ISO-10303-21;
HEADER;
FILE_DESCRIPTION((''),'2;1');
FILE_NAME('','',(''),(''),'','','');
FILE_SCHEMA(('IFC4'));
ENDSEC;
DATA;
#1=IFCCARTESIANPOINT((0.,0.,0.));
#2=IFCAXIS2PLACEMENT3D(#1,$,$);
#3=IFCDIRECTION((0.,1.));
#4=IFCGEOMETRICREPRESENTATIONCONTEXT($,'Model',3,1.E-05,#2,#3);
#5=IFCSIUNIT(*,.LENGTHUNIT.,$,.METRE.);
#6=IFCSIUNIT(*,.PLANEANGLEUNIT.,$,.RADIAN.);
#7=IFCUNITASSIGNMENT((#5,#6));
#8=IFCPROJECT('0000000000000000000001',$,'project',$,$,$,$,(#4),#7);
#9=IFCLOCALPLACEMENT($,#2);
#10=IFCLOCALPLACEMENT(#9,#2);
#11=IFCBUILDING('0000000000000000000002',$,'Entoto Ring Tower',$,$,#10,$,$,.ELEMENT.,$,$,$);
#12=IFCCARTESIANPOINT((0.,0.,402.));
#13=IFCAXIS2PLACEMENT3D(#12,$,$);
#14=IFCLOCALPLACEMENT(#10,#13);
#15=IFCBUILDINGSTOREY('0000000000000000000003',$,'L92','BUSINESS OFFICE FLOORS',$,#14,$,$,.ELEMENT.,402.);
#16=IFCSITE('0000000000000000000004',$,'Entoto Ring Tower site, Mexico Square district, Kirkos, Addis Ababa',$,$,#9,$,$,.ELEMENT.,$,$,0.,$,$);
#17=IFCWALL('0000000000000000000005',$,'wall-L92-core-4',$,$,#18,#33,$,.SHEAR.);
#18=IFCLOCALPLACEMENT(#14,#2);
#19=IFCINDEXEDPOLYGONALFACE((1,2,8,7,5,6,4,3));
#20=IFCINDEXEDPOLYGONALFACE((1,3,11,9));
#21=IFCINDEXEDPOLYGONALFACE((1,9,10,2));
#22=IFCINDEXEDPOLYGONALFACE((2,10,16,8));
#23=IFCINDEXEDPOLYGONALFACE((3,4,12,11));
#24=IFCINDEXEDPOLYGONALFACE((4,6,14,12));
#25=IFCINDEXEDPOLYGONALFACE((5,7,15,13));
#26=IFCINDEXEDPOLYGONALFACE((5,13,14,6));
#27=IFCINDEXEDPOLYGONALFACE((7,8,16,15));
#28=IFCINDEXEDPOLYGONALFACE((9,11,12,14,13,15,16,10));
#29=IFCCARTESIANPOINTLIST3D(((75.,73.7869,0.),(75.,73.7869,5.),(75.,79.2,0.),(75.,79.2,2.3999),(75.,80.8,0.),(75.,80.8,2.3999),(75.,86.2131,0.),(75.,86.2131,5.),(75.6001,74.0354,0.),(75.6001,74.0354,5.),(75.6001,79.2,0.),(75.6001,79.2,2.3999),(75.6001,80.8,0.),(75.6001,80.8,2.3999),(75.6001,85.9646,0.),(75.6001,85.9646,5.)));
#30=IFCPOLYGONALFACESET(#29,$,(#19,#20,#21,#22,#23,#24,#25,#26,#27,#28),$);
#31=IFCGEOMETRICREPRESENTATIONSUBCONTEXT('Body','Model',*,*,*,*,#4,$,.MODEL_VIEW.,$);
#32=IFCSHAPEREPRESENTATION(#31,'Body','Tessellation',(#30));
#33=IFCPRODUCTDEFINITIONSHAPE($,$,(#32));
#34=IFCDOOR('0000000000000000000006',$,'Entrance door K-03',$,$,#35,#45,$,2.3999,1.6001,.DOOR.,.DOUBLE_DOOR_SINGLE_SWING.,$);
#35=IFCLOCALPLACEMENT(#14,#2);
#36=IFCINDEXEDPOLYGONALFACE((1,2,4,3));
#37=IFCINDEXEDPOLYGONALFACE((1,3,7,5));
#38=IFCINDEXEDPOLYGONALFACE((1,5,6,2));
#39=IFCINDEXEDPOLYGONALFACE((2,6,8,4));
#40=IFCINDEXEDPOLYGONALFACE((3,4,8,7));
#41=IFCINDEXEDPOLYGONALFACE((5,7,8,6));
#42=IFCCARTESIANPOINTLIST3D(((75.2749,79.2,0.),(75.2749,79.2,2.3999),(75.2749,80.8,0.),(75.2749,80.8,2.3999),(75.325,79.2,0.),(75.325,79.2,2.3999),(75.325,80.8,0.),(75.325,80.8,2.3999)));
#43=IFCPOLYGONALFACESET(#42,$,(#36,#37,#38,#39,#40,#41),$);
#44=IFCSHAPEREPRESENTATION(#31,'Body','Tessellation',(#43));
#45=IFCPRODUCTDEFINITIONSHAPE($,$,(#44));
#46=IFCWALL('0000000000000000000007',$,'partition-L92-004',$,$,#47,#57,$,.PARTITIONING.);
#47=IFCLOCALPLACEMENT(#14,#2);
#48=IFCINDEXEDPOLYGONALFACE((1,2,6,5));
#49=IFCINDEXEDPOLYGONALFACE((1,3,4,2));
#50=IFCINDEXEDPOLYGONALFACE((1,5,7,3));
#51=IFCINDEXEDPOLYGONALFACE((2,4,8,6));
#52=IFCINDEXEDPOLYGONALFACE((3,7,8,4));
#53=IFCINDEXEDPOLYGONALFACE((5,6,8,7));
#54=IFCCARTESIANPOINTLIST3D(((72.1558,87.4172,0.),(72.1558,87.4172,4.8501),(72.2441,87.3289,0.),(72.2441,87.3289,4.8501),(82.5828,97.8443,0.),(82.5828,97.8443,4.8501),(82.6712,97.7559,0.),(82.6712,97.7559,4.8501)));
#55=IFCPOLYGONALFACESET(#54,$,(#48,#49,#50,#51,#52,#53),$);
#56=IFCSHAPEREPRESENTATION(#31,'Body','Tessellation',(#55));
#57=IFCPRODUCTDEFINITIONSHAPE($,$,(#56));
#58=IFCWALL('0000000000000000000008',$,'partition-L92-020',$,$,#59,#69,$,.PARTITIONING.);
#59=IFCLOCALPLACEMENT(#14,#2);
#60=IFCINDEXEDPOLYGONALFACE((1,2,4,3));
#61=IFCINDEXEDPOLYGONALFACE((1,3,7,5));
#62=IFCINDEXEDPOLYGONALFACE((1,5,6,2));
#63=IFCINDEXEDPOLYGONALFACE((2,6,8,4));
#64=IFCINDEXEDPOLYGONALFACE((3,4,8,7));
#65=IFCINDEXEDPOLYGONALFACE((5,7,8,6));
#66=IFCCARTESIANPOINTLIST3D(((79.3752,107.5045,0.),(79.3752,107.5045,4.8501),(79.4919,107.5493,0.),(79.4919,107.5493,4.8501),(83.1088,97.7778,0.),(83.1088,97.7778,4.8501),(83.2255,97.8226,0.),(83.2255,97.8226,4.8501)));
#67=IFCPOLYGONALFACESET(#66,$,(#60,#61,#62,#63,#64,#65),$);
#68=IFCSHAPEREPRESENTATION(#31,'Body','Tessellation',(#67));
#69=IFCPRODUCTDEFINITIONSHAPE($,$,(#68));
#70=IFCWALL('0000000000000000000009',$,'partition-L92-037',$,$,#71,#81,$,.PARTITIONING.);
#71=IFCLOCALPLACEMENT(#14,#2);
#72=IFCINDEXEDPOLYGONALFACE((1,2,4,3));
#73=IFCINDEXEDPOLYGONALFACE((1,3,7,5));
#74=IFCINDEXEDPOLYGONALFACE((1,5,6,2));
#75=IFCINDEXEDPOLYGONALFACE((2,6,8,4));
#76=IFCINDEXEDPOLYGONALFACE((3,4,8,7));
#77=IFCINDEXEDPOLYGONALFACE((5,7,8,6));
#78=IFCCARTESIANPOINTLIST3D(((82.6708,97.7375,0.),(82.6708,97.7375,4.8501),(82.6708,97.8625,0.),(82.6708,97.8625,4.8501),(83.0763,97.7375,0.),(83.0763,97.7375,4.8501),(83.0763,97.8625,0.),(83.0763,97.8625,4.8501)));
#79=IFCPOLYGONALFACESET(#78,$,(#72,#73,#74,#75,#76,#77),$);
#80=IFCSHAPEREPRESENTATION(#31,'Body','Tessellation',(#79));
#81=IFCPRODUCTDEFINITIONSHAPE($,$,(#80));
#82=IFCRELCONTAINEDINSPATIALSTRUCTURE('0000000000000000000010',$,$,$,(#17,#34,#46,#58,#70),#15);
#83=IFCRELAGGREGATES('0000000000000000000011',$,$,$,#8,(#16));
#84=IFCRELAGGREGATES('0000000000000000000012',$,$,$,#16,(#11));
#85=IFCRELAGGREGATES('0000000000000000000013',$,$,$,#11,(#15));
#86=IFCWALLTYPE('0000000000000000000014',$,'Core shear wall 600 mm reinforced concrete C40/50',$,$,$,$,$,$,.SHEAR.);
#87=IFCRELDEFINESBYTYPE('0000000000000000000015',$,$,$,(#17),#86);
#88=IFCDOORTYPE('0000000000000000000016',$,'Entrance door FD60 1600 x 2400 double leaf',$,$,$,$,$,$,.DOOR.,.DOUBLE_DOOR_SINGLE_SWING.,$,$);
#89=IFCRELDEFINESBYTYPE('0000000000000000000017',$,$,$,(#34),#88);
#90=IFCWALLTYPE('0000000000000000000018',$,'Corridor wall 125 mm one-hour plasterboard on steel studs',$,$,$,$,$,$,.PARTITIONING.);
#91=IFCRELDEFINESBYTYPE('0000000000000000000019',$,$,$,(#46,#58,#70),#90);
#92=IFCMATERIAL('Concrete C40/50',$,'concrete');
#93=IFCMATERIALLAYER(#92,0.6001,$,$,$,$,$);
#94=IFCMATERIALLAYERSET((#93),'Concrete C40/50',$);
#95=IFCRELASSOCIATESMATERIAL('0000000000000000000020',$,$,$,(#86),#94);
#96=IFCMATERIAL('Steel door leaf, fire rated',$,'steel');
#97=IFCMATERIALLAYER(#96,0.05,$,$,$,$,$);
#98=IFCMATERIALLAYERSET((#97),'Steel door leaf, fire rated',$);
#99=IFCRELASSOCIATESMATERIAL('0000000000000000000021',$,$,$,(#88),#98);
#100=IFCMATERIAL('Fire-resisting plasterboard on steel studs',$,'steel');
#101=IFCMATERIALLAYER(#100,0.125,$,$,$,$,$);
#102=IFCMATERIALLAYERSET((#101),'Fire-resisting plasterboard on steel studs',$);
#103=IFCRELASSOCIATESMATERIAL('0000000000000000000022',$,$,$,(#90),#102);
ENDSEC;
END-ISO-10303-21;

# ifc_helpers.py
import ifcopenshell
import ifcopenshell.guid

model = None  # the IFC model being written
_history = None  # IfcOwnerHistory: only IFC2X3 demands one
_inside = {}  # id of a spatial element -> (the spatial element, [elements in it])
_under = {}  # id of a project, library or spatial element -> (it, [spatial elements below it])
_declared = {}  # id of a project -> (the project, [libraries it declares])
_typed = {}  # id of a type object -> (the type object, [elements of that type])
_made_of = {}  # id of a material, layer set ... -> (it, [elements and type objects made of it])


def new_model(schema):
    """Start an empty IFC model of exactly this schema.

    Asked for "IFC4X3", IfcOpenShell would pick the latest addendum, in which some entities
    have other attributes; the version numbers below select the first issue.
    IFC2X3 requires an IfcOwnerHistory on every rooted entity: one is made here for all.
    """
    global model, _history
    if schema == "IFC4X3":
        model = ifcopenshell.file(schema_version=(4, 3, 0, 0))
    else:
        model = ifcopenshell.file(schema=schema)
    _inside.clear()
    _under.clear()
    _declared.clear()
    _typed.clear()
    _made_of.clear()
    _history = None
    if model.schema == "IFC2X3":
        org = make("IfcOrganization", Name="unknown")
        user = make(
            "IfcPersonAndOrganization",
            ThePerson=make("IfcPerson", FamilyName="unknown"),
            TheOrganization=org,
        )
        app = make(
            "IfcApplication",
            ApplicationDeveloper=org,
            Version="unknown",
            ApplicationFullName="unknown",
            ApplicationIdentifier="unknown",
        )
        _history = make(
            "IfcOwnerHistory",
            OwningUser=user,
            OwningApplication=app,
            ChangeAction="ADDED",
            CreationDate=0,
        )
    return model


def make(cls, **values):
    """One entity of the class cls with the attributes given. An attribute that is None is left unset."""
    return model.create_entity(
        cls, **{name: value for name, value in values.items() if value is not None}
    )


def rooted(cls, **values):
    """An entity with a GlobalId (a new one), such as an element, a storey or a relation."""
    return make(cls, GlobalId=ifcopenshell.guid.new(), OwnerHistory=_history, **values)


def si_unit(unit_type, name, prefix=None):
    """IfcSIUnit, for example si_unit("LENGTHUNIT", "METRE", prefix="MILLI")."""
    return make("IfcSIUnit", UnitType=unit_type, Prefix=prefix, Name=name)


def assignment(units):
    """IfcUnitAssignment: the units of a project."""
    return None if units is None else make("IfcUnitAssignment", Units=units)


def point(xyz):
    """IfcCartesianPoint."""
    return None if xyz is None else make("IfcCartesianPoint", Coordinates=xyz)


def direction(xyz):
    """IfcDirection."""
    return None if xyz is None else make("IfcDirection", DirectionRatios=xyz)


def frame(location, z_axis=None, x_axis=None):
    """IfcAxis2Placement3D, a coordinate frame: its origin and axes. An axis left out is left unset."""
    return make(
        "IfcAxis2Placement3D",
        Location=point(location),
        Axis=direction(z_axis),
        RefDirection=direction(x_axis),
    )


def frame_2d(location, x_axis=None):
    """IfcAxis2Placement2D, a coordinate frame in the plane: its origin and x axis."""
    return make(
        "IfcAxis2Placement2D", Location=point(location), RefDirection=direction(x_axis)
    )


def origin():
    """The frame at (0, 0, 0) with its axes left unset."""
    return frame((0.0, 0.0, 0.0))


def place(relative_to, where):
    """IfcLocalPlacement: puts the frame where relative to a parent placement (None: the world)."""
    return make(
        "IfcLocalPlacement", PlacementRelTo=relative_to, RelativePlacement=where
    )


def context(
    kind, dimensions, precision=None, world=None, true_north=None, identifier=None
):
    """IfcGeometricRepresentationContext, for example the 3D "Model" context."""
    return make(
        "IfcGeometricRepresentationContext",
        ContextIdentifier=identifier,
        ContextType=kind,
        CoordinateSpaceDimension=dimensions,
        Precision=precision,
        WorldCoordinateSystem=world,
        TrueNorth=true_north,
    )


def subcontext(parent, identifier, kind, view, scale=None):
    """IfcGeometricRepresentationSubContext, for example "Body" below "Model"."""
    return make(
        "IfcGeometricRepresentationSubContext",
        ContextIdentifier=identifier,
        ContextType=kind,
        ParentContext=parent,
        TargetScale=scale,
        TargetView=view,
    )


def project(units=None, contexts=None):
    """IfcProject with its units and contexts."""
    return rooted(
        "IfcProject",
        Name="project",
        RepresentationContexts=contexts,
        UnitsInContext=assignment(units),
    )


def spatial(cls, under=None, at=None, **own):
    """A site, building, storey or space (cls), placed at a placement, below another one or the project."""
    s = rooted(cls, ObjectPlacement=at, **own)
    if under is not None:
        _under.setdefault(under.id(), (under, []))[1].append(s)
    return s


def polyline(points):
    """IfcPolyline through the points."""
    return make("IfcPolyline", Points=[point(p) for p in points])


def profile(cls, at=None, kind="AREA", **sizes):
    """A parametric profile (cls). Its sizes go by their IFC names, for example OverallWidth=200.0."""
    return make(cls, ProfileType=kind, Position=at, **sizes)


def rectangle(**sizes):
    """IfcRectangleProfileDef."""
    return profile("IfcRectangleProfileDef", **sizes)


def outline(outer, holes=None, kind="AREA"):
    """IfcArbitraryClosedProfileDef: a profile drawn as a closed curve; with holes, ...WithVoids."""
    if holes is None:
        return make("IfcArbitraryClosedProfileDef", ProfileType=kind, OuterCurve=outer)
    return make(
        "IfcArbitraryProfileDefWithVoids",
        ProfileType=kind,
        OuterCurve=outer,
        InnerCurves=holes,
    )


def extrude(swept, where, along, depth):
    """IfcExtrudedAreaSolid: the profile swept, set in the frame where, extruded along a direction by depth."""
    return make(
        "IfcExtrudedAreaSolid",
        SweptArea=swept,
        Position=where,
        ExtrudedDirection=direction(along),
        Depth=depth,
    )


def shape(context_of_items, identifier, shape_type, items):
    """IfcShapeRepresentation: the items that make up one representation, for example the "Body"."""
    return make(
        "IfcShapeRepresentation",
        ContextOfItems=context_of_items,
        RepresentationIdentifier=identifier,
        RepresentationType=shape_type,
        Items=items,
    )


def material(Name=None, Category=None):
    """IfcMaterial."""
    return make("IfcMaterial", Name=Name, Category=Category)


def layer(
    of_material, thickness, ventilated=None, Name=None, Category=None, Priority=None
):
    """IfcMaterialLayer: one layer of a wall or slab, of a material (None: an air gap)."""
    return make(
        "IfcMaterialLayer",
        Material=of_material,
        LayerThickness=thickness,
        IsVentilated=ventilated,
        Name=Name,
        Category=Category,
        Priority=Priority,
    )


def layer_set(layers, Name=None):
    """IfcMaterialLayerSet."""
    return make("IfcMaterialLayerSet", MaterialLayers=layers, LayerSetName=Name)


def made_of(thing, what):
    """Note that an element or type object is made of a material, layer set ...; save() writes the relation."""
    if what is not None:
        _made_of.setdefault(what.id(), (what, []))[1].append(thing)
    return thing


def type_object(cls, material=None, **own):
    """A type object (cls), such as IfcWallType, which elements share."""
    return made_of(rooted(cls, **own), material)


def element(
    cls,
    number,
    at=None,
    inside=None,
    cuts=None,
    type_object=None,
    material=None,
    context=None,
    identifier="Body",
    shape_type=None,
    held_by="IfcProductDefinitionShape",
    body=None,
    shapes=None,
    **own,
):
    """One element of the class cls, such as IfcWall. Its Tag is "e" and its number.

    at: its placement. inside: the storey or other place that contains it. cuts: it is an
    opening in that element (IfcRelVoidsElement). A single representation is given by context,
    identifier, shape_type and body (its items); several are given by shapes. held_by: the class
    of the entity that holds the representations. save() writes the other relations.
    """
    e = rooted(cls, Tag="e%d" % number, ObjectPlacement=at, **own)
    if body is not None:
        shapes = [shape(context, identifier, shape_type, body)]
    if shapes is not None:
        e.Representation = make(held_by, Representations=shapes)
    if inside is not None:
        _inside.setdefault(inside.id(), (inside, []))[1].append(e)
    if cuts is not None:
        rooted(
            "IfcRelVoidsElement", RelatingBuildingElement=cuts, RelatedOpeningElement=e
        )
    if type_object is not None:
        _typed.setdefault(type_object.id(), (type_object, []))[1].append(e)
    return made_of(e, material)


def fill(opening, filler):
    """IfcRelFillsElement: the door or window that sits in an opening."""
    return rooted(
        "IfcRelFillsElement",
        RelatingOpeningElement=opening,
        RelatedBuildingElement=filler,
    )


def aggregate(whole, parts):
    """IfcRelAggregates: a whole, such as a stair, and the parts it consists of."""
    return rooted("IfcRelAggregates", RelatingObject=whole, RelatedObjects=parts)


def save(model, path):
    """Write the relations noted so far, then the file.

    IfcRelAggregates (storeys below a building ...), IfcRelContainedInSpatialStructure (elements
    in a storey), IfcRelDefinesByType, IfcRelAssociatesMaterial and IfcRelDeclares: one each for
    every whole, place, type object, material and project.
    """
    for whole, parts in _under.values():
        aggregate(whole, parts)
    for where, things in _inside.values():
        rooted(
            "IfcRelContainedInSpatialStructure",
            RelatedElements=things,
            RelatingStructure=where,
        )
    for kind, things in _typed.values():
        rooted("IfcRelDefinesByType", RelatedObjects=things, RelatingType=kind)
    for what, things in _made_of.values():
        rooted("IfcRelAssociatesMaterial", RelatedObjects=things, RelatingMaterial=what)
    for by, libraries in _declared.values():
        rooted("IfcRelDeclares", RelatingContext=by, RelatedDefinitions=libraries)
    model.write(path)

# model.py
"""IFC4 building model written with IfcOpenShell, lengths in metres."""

from ifc_helpers import new_model, si_unit, direction, frame, frame_2d, origin, place, context, subcontext, project, spatial, polyline, rectangle, outline, extrude, material, layer, layer_set, type_object, element, fill, save


model = new_model("IFC4")

# Units and contexts
model_context = context("Model", 3, precision=1e-05, world=origin(), true_north=direction((0.0, 1.0)))
body_context = subcontext(model_context, "Body", "Model", "MODEL_VIEW")
ifc_project = project(units=[si_unit("LENGTHUNIT", "METRE"), si_unit("PLANEANGLEUNIT", "RADIAN")], contexts=[model_context])

# Site, building, storey
site_placement = place(None, origin())
site = spatial("IfcSite", under=ifc_project, at=site_placement, Name="Entoto Ring Tower site, Mexico Square district, Kirkos, Addis Ababa", CompositionType="ELEMENT", RefElevation=0.0)
building_placement = place(site_placement, origin())
building = spatial("IfcBuilding", under=site, at=building_placement, Name="Entoto Ring Tower", CompositionType="ELEMENT")
storey_placement = place(building_placement, frame((0.0, 0.0, 402.0)))
storey = spatial("IfcBuildingStorey", under=building, at=storey_placement, Name="L92", Description="BUSINESS OFFICE FLOORS", CompositionType="ELEMENT", Elevation=402.0)

# Shared definitions
ifc_material_1 = material(Name="Concrete C40/50", Category="concrete")
ifc_layer_1 = layer(ifc_material_1, 0.6001)
ifc_layer_set_1 = layer_set([ifc_layer_1], Name="Concrete C40/50")
wall_type_1 = type_object("IfcWallType", Name="Core shear wall 600 mm reinforced concrete C40/50", PredefinedType="SHEAR", material=ifc_layer_set_1)

# Wall, opening, door
wall_1_placement = place(storey_placement, frame((75.3, 86.0889, 0.0), z_axis=(0.0, 0.0, 1.0), x_axis=(0.0, -1.0, 0.0)))
wall_1 = element("IfcWall", 1, at=wall_1_placement, inside=storey, type_object=wall_type_1, Name="wall-L92-core-4", PredefinedType="SHEAR", context=body_context, shape_type="SweptSolid", body=[
    extrude(outline(polyline([(-0.1243, -0.3), (12.302, -0.3), (12.0535, 0.3), (0.1243, 0.3), (-0.1243, -0.3)])), origin(), (0.0, 0.0, 1.0), 5.0),
])
opening_1_placement = place(wall_1_placement, frame((5.2888, 0.0, 0.0)))
opening_1 = element("IfcOpeningElement", 2, at=opening_1_placement, cuts=wall_1, PredefinedType="OPENING", context=body_context, shape_type="SweptSolid", body=[
    extrude(rectangle(XDim=1.6001, YDim=2.3999, at=frame_2d((0.8, 1.2))), frame((0.0, 0.3101, 0.0), z_axis=(0.0, -1.0, 0.0), x_axis=(1.0, 0.0, 0.0)), (0.0, 0.0, 1.0), 0.6201),
])
ifc_material_2 = material(Name="Steel door leaf, fire rated", Category="steel")
ifc_layer_2 = layer(ifc_material_2, 0.05)
ifc_layer_set_2 = layer_set([ifc_layer_2], Name="Steel door leaf, fire rated")
door_type_1 = type_object("IfcDoorType", Name="Entrance door FD60 1600 x 2400 double leaf", OperationType="DOUBLE_DOOR_SINGLE_SWING", PredefinedType="DOOR", material=ifc_layer_set_2)
door_1_placement = place(opening_1_placement, origin())
door_1 = element("IfcDoor", 3, at=door_1_placement, inside=storey, type_object=door_type_1, Name="Entrance door K-03", OperationType="DOUBLE_DOOR_SINGLE_SWING", OverallHeight=2.3999, OverallWidth=1.6001, PredefinedType="DOOR", context=body_context, shape_type="SweptSolid", body=[
    extrude(rectangle(XDim=1.6001, YDim=2.3999, at=frame_2d((0.8, 1.2))), frame((0.0, 0.0249, 0.0), z_axis=(0.0, -1.0, 0.0), x_axis=(1.0, 0.0, 0.0)), (0.0, 0.0, 1.0), 0.05),
])
fill(opening_1, door_1)

# Walls
ifc_material_3 = material(Name="Fire-resisting plasterboard on steel studs", Category="steel")
ifc_layer_3 = layer(ifc_material_3, 0.125)
ifc_layer_set_3 = layer_set([ifc_layer_3], Name="Fire-resisting plasterboard on steel studs")
wall_type_2 = type_object("IfcWallType", Name="Corridor wall 125 mm one-hour plasterboard on steel studs", PredefinedType="PARTITIONING", material=ifc_layer_set_3)
wall_2_placement = place(storey_placement, frame((72.2, 87.373, 0.0), z_axis=(0.0, 0.0, 1.0), x_axis=(0.707107, 0.707107, 0.0)))
element("IfcWall", 4, at=wall_2_placement, inside=storey, type_object=wall_type_2, Name="partition-L92-004", PredefinedType="PARTITIONING", context=body_context, shape_type="SweptSolid", body=[
    extrude(rectangle(XDim=14.7461, YDim=0.125, at=frame_2d((7.373, 0.0))), origin(), (0.0, 0.0, 1.0), 4.8501),
])
wall_3_placement = place(storey_placement, frame((83.1672, 97.8, 0.0), z_axis=(0.0, 0.0, 1.0), x_axis=(-0.358357, 0.933585, 0.0)))
element("IfcWall", 5, at=wall_3_placement, inside=storey, type_object=wall_type_2, Name="partition-L92-020", PredefinedType="PARTITIONING", context=body_context, shape_type="SweptSolid", body=[
    extrude(rectangle(XDim=10.4187, YDim=0.125, at=frame_2d((5.2095, 0.0))), origin(), (0.0, 0.0, 1.0), 4.8501),
])
wall_4_placement = place(storey_placement, frame((82.6709, 97.8, 0.0), z_axis=(0.0, 0.0, 1.0), x_axis=(1.0, 0.0, 0.0)))
element("IfcWall", 6, at=wall_4_placement, inside=storey, type_object=wall_type_2, Name="partition-L92-037", PredefinedType="PARTITIONING", context=body_context, shape_type="SweptSolid", body=[
    extrude(rectangle(XDim=0.4055, YDim=0.125, at=frame_2d((0.2026, 0.0))), origin(), (0.0, 0.0, 1.0), 4.8501),
])

save(model, "model.ifc")
